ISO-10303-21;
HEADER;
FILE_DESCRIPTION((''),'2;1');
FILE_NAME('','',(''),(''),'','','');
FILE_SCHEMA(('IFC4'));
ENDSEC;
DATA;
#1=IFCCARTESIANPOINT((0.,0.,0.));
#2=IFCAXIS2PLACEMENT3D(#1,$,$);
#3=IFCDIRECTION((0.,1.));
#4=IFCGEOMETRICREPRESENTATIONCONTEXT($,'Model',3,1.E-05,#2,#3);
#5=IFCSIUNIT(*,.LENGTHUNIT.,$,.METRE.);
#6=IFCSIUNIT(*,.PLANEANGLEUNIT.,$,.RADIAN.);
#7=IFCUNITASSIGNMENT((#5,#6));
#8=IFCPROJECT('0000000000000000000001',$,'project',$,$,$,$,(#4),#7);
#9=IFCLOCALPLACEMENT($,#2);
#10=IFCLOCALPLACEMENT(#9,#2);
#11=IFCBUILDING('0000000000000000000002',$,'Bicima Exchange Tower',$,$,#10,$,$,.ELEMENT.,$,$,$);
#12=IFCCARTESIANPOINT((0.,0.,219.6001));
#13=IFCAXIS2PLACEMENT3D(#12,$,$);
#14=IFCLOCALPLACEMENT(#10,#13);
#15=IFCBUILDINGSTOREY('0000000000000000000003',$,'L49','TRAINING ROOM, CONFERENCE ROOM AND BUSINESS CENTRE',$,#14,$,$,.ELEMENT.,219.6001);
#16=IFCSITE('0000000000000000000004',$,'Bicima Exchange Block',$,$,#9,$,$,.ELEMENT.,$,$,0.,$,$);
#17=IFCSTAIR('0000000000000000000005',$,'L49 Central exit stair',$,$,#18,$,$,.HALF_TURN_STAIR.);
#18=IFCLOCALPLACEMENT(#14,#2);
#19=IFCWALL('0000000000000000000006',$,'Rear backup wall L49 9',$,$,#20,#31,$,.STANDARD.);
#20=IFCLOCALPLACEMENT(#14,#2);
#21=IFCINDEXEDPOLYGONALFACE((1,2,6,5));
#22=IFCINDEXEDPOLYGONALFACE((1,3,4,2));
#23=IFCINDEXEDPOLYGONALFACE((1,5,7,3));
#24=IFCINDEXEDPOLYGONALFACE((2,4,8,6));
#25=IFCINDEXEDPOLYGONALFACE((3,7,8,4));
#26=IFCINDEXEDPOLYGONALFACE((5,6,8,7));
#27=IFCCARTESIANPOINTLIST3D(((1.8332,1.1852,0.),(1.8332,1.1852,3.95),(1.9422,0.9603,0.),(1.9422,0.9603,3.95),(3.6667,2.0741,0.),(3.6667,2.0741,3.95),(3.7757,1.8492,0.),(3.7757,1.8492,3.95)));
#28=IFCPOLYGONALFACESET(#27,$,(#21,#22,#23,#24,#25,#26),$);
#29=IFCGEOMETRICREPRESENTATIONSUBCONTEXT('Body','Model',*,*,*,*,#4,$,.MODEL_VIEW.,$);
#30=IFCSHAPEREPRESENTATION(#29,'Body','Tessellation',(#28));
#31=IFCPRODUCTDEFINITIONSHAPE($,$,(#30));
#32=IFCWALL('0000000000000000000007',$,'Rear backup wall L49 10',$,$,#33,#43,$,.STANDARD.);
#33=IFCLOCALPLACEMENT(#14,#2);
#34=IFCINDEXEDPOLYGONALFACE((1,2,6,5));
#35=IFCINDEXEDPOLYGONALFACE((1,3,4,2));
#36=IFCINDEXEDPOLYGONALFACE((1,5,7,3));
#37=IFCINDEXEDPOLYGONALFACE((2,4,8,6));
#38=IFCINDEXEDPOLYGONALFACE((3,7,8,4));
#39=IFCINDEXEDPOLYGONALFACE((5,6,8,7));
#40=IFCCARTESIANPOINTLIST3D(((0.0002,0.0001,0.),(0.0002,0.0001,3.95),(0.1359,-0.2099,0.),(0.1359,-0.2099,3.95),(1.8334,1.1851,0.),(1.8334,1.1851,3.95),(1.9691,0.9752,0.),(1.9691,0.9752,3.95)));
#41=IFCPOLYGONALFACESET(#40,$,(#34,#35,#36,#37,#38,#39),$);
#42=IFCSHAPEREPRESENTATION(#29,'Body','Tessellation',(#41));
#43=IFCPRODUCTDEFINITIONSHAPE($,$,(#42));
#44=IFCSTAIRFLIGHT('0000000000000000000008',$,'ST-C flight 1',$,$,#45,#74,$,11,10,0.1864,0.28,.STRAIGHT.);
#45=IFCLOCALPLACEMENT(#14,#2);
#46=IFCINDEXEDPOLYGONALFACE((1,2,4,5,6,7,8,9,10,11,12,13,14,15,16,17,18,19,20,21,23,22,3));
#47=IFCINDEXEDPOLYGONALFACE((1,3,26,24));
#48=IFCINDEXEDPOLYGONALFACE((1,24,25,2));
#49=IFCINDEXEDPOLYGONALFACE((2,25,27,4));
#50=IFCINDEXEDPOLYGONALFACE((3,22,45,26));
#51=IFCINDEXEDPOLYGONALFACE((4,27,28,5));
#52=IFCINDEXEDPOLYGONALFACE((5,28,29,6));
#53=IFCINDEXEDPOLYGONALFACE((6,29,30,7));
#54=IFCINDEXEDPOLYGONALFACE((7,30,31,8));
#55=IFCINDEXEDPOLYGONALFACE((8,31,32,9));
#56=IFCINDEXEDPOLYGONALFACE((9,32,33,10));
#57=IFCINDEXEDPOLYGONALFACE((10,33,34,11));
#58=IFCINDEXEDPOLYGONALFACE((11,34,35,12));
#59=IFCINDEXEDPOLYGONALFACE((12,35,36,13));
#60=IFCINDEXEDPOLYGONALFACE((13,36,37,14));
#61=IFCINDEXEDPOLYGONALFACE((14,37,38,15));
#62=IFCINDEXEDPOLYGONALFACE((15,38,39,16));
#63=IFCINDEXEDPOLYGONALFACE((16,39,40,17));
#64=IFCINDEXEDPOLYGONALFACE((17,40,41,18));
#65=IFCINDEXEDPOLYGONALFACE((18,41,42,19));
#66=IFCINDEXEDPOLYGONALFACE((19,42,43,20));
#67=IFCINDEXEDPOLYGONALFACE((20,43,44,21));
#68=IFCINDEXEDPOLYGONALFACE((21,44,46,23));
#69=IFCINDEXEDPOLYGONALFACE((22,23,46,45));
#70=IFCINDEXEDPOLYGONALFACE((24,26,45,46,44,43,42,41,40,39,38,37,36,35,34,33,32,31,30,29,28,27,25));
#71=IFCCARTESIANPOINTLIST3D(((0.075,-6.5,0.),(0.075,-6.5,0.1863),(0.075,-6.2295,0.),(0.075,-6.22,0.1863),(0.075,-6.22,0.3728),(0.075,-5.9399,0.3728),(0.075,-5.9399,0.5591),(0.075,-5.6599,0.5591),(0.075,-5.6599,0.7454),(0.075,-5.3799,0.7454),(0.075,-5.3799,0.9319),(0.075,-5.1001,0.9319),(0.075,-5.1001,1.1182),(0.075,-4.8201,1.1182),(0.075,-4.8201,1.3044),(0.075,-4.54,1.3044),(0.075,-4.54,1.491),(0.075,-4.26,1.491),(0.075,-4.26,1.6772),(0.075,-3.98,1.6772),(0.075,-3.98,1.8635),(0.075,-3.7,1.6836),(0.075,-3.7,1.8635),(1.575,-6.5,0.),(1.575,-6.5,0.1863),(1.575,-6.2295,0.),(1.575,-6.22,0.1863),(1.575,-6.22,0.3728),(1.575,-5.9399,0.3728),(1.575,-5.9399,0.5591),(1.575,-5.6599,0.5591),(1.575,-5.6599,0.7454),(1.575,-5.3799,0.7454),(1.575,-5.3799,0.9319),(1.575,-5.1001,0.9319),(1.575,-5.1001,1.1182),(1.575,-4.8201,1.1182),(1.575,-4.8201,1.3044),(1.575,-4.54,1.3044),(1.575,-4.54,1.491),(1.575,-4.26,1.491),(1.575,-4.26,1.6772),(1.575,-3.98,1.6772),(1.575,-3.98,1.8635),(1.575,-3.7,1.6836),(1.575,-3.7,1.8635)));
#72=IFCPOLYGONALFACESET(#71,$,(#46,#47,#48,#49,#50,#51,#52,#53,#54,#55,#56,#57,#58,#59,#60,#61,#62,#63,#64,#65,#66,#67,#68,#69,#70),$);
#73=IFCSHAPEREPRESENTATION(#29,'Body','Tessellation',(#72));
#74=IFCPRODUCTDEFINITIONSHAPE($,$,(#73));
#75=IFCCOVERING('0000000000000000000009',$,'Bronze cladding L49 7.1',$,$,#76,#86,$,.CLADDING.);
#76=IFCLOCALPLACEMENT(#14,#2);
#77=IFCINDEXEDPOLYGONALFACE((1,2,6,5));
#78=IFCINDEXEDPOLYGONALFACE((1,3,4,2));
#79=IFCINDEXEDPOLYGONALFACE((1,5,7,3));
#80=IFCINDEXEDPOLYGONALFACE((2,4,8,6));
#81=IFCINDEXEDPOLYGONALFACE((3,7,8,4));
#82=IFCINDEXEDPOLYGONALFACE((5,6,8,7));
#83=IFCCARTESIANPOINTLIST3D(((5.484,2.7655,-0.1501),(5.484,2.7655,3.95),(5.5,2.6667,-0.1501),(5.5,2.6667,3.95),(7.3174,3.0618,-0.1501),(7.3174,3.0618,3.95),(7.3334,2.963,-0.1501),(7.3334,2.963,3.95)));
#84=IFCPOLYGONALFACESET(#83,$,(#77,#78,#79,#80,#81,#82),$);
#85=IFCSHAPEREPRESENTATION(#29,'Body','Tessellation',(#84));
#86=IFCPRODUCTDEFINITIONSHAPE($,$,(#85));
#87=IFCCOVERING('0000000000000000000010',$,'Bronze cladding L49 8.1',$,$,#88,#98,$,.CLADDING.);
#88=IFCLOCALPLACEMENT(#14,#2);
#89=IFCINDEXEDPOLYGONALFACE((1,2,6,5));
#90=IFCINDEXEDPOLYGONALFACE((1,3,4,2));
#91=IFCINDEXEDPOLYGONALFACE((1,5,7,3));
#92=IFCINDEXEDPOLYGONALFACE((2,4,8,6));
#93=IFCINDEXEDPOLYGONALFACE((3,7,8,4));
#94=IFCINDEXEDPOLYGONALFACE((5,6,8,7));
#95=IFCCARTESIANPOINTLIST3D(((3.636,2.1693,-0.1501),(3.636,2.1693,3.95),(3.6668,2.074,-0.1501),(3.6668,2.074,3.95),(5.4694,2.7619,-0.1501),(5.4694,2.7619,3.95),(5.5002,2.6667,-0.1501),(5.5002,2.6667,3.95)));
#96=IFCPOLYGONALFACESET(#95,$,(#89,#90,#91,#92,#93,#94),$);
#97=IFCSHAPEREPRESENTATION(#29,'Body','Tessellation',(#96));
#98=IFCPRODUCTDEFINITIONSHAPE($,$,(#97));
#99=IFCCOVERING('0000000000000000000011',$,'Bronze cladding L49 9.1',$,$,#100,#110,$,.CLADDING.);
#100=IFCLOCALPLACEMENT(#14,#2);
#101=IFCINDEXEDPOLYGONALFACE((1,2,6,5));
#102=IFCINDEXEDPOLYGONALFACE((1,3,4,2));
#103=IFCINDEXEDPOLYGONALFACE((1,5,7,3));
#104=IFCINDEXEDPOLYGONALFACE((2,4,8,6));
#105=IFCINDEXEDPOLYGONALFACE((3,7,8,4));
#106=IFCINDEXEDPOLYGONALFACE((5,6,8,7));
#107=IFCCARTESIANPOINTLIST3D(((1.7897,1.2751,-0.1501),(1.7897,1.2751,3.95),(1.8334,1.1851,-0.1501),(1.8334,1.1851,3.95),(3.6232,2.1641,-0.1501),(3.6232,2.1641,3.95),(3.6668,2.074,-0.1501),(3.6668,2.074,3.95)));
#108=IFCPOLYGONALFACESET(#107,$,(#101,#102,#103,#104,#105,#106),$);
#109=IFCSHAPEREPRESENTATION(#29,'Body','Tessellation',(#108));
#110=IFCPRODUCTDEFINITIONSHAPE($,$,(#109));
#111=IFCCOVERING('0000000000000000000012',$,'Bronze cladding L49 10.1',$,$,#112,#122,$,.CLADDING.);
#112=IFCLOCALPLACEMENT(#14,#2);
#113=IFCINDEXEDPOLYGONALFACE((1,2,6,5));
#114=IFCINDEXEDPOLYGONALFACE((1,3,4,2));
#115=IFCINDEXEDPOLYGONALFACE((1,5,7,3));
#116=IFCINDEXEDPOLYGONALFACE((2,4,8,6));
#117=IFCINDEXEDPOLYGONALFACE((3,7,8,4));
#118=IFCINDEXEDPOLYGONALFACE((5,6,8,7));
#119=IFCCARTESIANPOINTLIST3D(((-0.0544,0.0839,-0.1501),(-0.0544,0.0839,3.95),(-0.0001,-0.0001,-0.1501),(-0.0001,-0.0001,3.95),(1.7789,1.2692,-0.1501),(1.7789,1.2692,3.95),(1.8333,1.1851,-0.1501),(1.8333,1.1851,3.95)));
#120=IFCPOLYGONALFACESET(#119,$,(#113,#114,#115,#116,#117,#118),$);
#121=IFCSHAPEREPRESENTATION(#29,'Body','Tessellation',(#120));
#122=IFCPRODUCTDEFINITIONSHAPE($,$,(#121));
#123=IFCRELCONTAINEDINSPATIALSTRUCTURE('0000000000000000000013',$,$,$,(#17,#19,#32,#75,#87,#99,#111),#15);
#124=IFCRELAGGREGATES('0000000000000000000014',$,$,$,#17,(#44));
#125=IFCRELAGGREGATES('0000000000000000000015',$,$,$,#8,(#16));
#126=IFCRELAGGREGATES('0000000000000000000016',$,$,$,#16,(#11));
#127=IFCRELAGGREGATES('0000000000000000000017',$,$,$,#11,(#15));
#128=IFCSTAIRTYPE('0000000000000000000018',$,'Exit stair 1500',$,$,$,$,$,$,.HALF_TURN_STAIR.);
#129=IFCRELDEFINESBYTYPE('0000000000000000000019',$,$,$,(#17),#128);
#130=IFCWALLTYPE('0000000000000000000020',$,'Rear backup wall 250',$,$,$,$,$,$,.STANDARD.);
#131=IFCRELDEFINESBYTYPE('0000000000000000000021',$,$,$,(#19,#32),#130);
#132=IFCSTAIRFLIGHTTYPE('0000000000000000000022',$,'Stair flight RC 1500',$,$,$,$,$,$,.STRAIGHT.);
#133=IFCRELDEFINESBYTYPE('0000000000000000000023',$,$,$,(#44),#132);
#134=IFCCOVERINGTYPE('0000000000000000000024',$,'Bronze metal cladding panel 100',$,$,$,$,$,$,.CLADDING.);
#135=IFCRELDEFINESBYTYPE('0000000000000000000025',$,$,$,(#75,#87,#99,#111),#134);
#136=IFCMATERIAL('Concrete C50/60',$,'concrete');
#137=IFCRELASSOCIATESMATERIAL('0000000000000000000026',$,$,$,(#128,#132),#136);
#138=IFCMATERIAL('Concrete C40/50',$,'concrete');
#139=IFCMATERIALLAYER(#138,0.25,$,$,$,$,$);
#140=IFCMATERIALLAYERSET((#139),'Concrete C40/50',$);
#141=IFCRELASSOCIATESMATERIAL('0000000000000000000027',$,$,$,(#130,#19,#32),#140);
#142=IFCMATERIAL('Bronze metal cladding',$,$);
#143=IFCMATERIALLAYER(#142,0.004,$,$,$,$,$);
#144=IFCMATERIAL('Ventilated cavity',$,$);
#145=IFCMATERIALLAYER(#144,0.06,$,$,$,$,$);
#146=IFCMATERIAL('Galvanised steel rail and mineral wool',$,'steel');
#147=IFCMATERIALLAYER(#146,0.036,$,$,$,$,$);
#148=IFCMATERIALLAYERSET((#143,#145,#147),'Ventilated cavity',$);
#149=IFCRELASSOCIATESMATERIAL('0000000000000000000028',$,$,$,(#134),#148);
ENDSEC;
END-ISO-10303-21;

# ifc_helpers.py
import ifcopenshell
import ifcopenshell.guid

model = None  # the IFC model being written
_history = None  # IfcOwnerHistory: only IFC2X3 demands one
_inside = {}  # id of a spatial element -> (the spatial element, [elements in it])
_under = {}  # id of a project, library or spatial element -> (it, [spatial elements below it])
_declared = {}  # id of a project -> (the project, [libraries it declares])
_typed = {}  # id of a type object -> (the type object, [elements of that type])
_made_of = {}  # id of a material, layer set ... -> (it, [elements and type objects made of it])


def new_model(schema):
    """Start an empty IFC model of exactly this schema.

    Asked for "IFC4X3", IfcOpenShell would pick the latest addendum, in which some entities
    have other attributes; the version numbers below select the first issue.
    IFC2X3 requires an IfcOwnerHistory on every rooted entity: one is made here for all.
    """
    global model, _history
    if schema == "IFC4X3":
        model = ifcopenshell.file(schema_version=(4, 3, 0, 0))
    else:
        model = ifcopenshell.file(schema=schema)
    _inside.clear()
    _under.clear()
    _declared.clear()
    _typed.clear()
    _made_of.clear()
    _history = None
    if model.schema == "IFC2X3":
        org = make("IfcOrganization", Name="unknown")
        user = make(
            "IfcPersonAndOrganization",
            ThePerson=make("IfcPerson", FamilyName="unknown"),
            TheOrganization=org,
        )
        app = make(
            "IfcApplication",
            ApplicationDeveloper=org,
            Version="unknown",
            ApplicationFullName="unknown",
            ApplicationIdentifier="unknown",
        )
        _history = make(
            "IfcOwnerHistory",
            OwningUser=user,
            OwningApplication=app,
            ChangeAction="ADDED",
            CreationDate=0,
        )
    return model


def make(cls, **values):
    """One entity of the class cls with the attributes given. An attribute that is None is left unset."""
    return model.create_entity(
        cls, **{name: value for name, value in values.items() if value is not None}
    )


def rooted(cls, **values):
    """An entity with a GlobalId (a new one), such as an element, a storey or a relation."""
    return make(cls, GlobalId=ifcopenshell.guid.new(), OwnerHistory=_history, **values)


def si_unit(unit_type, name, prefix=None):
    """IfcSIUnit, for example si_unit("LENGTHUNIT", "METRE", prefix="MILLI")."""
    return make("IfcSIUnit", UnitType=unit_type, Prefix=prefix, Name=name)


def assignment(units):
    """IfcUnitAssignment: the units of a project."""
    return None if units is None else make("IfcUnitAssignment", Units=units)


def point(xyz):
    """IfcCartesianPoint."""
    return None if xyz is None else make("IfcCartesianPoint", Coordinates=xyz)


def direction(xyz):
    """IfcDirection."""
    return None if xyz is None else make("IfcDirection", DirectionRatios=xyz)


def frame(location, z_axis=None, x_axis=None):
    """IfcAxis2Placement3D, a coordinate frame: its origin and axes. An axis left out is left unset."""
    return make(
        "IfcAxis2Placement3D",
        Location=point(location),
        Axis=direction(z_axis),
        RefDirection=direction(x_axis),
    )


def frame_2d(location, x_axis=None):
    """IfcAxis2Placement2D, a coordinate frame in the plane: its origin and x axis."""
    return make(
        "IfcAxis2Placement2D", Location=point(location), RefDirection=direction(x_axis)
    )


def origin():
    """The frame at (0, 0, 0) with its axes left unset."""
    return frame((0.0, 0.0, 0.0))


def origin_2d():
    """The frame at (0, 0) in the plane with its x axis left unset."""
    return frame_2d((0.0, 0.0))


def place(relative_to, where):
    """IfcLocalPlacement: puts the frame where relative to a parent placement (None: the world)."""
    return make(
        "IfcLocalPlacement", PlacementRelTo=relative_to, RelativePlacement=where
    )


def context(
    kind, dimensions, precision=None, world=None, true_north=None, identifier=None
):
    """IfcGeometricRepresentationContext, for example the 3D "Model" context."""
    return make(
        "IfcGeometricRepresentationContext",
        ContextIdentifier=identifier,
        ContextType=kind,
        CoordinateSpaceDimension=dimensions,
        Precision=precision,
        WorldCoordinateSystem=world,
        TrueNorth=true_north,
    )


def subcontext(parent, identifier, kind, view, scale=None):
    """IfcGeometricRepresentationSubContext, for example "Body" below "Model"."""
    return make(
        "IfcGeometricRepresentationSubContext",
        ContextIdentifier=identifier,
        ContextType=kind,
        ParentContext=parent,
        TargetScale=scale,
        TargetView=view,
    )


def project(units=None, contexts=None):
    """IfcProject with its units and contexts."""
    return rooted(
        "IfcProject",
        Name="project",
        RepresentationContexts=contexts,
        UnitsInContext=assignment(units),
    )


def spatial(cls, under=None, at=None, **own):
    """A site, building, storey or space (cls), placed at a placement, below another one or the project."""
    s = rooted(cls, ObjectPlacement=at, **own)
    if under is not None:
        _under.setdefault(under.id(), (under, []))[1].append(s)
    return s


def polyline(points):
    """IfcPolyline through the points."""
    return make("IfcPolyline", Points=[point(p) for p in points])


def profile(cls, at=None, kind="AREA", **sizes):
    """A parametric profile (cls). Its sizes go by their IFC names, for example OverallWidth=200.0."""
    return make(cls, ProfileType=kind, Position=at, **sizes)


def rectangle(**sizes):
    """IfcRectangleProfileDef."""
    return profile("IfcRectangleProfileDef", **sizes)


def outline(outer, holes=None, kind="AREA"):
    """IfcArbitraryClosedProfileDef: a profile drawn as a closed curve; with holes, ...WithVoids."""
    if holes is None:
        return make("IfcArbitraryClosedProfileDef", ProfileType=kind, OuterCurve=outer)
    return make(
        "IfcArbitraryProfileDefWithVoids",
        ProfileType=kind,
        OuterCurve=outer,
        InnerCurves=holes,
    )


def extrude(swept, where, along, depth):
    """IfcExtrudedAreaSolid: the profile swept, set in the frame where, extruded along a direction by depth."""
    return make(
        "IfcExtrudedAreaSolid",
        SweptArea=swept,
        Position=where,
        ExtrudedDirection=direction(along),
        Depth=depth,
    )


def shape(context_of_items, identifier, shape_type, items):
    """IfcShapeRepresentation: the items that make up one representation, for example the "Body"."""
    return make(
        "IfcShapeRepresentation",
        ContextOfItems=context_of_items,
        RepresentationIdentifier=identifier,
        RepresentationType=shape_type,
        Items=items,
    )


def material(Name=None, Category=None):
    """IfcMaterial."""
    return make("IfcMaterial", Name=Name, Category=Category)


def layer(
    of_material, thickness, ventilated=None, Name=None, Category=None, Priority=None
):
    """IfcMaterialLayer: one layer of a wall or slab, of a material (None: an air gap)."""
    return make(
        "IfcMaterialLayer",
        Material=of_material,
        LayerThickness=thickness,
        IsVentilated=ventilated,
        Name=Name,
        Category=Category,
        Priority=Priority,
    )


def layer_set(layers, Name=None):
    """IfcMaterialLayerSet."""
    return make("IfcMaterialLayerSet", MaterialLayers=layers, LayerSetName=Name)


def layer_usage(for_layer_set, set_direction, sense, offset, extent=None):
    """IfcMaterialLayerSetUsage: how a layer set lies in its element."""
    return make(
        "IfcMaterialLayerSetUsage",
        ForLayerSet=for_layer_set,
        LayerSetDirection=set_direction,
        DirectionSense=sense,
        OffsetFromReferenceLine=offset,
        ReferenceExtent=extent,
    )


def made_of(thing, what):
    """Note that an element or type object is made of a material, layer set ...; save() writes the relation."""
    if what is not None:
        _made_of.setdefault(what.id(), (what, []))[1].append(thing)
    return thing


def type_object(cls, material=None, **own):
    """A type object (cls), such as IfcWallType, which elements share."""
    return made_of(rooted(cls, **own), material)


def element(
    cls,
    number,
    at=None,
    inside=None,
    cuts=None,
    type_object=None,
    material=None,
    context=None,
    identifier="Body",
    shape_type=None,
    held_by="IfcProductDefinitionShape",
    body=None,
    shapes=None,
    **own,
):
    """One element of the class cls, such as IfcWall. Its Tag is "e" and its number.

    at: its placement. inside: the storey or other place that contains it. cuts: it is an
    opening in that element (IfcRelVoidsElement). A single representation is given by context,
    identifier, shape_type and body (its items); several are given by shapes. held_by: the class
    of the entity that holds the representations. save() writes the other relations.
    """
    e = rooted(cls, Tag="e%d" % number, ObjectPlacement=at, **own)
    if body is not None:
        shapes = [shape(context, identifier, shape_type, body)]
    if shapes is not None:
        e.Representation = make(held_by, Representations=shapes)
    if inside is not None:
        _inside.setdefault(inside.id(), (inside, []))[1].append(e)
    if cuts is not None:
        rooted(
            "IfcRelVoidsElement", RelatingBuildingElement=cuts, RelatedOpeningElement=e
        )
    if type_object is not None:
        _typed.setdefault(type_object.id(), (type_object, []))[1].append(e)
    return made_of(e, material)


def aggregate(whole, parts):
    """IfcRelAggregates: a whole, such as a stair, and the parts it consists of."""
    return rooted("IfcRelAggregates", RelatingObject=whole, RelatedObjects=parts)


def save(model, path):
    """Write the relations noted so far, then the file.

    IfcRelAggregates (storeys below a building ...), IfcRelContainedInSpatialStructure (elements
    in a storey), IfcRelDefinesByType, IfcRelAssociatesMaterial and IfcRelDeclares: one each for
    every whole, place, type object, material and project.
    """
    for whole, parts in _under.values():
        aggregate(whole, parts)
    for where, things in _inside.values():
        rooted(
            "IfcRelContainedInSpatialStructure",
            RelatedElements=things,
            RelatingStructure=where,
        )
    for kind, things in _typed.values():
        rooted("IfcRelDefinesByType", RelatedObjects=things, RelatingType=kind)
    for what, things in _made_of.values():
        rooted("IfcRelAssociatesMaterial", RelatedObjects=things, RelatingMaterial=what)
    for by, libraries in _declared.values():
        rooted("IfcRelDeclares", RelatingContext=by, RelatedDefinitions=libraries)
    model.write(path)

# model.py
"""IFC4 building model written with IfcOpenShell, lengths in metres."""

from ifc_helpers import new_model, si_unit, direction, frame, frame_2d, origin, origin_2d, place, context, subcontext, project, spatial, polyline, rectangle, outline, extrude, material, layer, layer_set, layer_usage, type_object, element, aggregate, save


model = new_model("IFC4")

# Units and contexts
model_context = context("Model", 3, precision=1e-05, world=origin(), true_north=direction((0.0, 1.0)))
body_context = subcontext(model_context, "Body", "Model", "MODEL_VIEW")
ifc_project = project(units=[si_unit("LENGTHUNIT", "METRE"), si_unit("PLANEANGLEUNIT", "RADIAN")], contexts=[model_context])

# Site, building, storey
site_placement = place(None, origin())
site = spatial("IfcSite", under=ifc_project, at=site_placement, Name="Bicima Exchange Block", CompositionType="ELEMENT", RefElevation=0.0)
building_placement = place(site_placement, origin())
building = spatial("IfcBuilding", under=site, at=building_placement, Name="Bicima Exchange Tower", CompositionType="ELEMENT")
storey_placement = place(building_placement, frame((0.0, 0.0, 219.6001)))
storey = spatial("IfcBuildingStorey", under=building, at=storey_placement, Name="L49", Description="TRAINING ROOM, CONFERENCE ROOM AND BUSINESS CENTRE", CompositionType="ELEMENT", Elevation=219.6001)

# Shared definitions
ifc_material_1 = material(Name="Concrete C40/50", Category="concrete")

# Stair
ifc_material_2 = material(Name="Concrete C50/60", Category="concrete")
stair_type_1 = type_object("IfcStairType", Name="Exit stair 1500", PredefinedType="HALF_TURN_STAIR", material=ifc_material_2)
stair_1_placement = place(storey_placement, origin())
stair_1 = element("IfcStair", 1, at=stair_1_placement, inside=storey, type_object=stair_type_1, Name="L49 Central exit stair", PredefinedType="HALF_TURN_STAIR")

# Walls
ifc_layer_1 = layer(ifc_material_1, 0.25)
ifc_layer_set_1 = layer_set([ifc_layer_1], Name="Concrete C40/50")
ifc_layer_usage = layer_usage(ifc_layer_set_1, "AXIS2", "POSITIVE", -0.125)
wall_type_1 = type_object("IfcWallType", Name="Rear backup wall 250", PredefinedType="STANDARD", material=ifc_layer_set_1)
wall_1_placement = place(storey_placement, frame((3.7212, 1.9617, 0.0), z_axis=(0.0, 0.0, 1.0), x_axis=(-0.899824, -0.436253, 0.0)))
element("IfcWall", 2, at=wall_1_placement, inside=storey, type_object=wall_type_1, material=ifc_layer_usage, Name="Rear backup wall L49 9", PredefinedType="STANDARD", context=body_context, shape_type="SweptSolid", body=[
    extrude(rectangle(XDim=2.0376, YDim=0.25, at=frame_2d((1.0188, 0.0))), origin(), (0.0, 0.0, 1.0), 3.95),
])
wall_2_placement = place(storey_placement, frame((1.9011, 1.0801, 0.0), z_axis=(0.0, 0.0, 1.0), x_axis=(-0.839813, -0.542876, 0.0)))
element("IfcWall", 3, at=wall_2_placement, inside=storey, type_object=wall_type_1, material=ifc_layer_usage, Name="Rear backup wall L49 10", PredefinedType="STANDARD", context=body_context, shape_type="SweptSolid", body=[
    extrude(rectangle(XDim=2.1829, YDim=0.25, at=frame_2d((1.0913, 0.0))), origin(), (0.0, 0.0, 1.0), 3.95),
])

# Stair flight
stair_flight_type = type_object("IfcStairFlightType", Name="Stair flight RC 1500", PredefinedType="STRAIGHT", material=ifc_material_2)
stair_flight_placement = place(storey_placement, frame((0.825, -6.5, 0.0), z_axis=(0.0, 0.0, 1.0), x_axis=(0.0, 1.0, 0.0)))
stair_flight = element("IfcStairFlight", 4, at=stair_flight_placement, type_object=stair_flight_type, Name="ST-C flight 1", NumberOfRisers=11, NumberOfTreads=10, PredefinedType="STRAIGHT", RiserHeight=0.1864, TreadLength=0.28, context=body_context, shape_type="SweptSolid", body=[
    extrude(outline(polyline([(0.0, 0.0), (0.0, 0.1863), (0.28, 0.1863), (0.28, 0.3728), (0.5601, 0.3728), (0.5601, 0.5591), (0.8401, 0.5591), (0.8401, 0.7454), (1.1201, 0.7454), (1.1201, 0.9319), (1.3999, 0.9319), (1.3999, 1.1182), (1.6799, 1.1182), (1.6799, 1.3044), (1.96, 1.3044), (1.96, 1.491), (2.24, 1.491), (2.24, 1.6772), (2.52, 1.6772), (2.52, 1.8635), (2.8, 1.8635), (2.8, 2.05), (2.8, 1.6836), (0.2705, 0.0), (0.0, 0.0)])), frame((0.0, 0.75, 0.0), z_axis=(0.0, -1.0, 0.0), x_axis=(1.0, 0.0, 0.0)), (0.0, 0.0, 1.0), 1.5),
])
aggregate(stair_1, [stair_flight])

# Coverings
ifc_material_3 = material(Name="Bronze metal cladding")
ifc_layer_2 = layer(ifc_material_3, 0.004)
ifc_material_4 = material(Name="Ventilated cavity")
ifc_layer_3 = layer(ifc_material_4, 0.06)
ifc_material_5 = material(Name="Galvanised steel rail and mineral wool", Category="steel")
ifc_layer_4 = layer(ifc_material_5, 0.036)
ifc_layer_set_2 = layer_set([ifc_layer_2, ifc_layer_3, ifc_layer_4], Name="Ventilated cavity")
covering_type = type_object("IfcCoveringType", Name="Bronze metal cladding panel 100", PredefinedType="CLADDING", material=ifc_layer_set_2)
covering_1_placement = place(storey_placement, frame((6.4087, 2.8643, -0.1501), z_axis=(0.0, 0.0, 1.0), x_axis=(-0.98719, -0.15955, 0.0)))
element("IfcCovering", 5, at=covering_1_placement, inside=storey, type_object=covering_type, Name="Bronze cladding L49 7.1", PredefinedType="CLADDING", context=body_context, shape_type="SweptSolid", body=[
    extrude(rectangle(XDim=1.8572, YDim=0.1001, at=origin_2d()), origin(), (0.0, 0.0, 1.0), 4.1001),
])
covering_2_placement = place(storey_placement, frame((4.5681, 2.418, -0.1501), z_axis=(0.0, 0.0, 1.0), x_axis=(-0.951525, -0.307573, 0.0)))
element("IfcCovering", 6, at=covering_2_placement, inside=storey, type_object=covering_type, Name="Bronze cladding L49 8.1", PredefinedType="CLADDING", context=body_context, shape_type="SweptSolid", body=[
    extrude(rectangle(XDim=1.9268, YDim=0.1001, at=origin_2d()), origin(), (0.0, 0.0, 1.0), 4.1001),
])
covering_3_placement = place(storey_placement, frame((2.7283, 1.6746, -0.1501), z_axis=(0.0, 0.0, 1.0), x_axis=(-0.899818, -0.436265, 0.0)))
element("IfcCovering", 7, at=covering_3_placement, inside=storey, type_object=covering_type, Name="Bronze cladding L49 9.1", PredefinedType="CLADDING", context=body_context, shape_type="SweptSolid", body=[
    extrude(rectangle(XDim=2.0376, YDim=0.1001, at=origin_2d()), origin(), (0.0, 0.0, 1.0), 4.1001),
])
covering_4_placement = place(storey_placement, frame((0.8894, 0.6345, -0.1501), z_axis=(0.0, 0.0, 1.0), x_axis=(-0.83979, -0.542911, 0.0)))
element("IfcCovering", 8, at=covering_4_placement, inside=storey, type_object=covering_type, Name="Bronze cladding L49 10.1", PredefinedType="CLADDING", context=body_context, shape_type="SweptSolid", body=[
    extrude(rectangle(XDim=2.1831, YDim=0.1001, at=origin_2d()), origin(), (0.0, 0.0, 1.0), 4.1001),
])

save(model, "model.ifc")
